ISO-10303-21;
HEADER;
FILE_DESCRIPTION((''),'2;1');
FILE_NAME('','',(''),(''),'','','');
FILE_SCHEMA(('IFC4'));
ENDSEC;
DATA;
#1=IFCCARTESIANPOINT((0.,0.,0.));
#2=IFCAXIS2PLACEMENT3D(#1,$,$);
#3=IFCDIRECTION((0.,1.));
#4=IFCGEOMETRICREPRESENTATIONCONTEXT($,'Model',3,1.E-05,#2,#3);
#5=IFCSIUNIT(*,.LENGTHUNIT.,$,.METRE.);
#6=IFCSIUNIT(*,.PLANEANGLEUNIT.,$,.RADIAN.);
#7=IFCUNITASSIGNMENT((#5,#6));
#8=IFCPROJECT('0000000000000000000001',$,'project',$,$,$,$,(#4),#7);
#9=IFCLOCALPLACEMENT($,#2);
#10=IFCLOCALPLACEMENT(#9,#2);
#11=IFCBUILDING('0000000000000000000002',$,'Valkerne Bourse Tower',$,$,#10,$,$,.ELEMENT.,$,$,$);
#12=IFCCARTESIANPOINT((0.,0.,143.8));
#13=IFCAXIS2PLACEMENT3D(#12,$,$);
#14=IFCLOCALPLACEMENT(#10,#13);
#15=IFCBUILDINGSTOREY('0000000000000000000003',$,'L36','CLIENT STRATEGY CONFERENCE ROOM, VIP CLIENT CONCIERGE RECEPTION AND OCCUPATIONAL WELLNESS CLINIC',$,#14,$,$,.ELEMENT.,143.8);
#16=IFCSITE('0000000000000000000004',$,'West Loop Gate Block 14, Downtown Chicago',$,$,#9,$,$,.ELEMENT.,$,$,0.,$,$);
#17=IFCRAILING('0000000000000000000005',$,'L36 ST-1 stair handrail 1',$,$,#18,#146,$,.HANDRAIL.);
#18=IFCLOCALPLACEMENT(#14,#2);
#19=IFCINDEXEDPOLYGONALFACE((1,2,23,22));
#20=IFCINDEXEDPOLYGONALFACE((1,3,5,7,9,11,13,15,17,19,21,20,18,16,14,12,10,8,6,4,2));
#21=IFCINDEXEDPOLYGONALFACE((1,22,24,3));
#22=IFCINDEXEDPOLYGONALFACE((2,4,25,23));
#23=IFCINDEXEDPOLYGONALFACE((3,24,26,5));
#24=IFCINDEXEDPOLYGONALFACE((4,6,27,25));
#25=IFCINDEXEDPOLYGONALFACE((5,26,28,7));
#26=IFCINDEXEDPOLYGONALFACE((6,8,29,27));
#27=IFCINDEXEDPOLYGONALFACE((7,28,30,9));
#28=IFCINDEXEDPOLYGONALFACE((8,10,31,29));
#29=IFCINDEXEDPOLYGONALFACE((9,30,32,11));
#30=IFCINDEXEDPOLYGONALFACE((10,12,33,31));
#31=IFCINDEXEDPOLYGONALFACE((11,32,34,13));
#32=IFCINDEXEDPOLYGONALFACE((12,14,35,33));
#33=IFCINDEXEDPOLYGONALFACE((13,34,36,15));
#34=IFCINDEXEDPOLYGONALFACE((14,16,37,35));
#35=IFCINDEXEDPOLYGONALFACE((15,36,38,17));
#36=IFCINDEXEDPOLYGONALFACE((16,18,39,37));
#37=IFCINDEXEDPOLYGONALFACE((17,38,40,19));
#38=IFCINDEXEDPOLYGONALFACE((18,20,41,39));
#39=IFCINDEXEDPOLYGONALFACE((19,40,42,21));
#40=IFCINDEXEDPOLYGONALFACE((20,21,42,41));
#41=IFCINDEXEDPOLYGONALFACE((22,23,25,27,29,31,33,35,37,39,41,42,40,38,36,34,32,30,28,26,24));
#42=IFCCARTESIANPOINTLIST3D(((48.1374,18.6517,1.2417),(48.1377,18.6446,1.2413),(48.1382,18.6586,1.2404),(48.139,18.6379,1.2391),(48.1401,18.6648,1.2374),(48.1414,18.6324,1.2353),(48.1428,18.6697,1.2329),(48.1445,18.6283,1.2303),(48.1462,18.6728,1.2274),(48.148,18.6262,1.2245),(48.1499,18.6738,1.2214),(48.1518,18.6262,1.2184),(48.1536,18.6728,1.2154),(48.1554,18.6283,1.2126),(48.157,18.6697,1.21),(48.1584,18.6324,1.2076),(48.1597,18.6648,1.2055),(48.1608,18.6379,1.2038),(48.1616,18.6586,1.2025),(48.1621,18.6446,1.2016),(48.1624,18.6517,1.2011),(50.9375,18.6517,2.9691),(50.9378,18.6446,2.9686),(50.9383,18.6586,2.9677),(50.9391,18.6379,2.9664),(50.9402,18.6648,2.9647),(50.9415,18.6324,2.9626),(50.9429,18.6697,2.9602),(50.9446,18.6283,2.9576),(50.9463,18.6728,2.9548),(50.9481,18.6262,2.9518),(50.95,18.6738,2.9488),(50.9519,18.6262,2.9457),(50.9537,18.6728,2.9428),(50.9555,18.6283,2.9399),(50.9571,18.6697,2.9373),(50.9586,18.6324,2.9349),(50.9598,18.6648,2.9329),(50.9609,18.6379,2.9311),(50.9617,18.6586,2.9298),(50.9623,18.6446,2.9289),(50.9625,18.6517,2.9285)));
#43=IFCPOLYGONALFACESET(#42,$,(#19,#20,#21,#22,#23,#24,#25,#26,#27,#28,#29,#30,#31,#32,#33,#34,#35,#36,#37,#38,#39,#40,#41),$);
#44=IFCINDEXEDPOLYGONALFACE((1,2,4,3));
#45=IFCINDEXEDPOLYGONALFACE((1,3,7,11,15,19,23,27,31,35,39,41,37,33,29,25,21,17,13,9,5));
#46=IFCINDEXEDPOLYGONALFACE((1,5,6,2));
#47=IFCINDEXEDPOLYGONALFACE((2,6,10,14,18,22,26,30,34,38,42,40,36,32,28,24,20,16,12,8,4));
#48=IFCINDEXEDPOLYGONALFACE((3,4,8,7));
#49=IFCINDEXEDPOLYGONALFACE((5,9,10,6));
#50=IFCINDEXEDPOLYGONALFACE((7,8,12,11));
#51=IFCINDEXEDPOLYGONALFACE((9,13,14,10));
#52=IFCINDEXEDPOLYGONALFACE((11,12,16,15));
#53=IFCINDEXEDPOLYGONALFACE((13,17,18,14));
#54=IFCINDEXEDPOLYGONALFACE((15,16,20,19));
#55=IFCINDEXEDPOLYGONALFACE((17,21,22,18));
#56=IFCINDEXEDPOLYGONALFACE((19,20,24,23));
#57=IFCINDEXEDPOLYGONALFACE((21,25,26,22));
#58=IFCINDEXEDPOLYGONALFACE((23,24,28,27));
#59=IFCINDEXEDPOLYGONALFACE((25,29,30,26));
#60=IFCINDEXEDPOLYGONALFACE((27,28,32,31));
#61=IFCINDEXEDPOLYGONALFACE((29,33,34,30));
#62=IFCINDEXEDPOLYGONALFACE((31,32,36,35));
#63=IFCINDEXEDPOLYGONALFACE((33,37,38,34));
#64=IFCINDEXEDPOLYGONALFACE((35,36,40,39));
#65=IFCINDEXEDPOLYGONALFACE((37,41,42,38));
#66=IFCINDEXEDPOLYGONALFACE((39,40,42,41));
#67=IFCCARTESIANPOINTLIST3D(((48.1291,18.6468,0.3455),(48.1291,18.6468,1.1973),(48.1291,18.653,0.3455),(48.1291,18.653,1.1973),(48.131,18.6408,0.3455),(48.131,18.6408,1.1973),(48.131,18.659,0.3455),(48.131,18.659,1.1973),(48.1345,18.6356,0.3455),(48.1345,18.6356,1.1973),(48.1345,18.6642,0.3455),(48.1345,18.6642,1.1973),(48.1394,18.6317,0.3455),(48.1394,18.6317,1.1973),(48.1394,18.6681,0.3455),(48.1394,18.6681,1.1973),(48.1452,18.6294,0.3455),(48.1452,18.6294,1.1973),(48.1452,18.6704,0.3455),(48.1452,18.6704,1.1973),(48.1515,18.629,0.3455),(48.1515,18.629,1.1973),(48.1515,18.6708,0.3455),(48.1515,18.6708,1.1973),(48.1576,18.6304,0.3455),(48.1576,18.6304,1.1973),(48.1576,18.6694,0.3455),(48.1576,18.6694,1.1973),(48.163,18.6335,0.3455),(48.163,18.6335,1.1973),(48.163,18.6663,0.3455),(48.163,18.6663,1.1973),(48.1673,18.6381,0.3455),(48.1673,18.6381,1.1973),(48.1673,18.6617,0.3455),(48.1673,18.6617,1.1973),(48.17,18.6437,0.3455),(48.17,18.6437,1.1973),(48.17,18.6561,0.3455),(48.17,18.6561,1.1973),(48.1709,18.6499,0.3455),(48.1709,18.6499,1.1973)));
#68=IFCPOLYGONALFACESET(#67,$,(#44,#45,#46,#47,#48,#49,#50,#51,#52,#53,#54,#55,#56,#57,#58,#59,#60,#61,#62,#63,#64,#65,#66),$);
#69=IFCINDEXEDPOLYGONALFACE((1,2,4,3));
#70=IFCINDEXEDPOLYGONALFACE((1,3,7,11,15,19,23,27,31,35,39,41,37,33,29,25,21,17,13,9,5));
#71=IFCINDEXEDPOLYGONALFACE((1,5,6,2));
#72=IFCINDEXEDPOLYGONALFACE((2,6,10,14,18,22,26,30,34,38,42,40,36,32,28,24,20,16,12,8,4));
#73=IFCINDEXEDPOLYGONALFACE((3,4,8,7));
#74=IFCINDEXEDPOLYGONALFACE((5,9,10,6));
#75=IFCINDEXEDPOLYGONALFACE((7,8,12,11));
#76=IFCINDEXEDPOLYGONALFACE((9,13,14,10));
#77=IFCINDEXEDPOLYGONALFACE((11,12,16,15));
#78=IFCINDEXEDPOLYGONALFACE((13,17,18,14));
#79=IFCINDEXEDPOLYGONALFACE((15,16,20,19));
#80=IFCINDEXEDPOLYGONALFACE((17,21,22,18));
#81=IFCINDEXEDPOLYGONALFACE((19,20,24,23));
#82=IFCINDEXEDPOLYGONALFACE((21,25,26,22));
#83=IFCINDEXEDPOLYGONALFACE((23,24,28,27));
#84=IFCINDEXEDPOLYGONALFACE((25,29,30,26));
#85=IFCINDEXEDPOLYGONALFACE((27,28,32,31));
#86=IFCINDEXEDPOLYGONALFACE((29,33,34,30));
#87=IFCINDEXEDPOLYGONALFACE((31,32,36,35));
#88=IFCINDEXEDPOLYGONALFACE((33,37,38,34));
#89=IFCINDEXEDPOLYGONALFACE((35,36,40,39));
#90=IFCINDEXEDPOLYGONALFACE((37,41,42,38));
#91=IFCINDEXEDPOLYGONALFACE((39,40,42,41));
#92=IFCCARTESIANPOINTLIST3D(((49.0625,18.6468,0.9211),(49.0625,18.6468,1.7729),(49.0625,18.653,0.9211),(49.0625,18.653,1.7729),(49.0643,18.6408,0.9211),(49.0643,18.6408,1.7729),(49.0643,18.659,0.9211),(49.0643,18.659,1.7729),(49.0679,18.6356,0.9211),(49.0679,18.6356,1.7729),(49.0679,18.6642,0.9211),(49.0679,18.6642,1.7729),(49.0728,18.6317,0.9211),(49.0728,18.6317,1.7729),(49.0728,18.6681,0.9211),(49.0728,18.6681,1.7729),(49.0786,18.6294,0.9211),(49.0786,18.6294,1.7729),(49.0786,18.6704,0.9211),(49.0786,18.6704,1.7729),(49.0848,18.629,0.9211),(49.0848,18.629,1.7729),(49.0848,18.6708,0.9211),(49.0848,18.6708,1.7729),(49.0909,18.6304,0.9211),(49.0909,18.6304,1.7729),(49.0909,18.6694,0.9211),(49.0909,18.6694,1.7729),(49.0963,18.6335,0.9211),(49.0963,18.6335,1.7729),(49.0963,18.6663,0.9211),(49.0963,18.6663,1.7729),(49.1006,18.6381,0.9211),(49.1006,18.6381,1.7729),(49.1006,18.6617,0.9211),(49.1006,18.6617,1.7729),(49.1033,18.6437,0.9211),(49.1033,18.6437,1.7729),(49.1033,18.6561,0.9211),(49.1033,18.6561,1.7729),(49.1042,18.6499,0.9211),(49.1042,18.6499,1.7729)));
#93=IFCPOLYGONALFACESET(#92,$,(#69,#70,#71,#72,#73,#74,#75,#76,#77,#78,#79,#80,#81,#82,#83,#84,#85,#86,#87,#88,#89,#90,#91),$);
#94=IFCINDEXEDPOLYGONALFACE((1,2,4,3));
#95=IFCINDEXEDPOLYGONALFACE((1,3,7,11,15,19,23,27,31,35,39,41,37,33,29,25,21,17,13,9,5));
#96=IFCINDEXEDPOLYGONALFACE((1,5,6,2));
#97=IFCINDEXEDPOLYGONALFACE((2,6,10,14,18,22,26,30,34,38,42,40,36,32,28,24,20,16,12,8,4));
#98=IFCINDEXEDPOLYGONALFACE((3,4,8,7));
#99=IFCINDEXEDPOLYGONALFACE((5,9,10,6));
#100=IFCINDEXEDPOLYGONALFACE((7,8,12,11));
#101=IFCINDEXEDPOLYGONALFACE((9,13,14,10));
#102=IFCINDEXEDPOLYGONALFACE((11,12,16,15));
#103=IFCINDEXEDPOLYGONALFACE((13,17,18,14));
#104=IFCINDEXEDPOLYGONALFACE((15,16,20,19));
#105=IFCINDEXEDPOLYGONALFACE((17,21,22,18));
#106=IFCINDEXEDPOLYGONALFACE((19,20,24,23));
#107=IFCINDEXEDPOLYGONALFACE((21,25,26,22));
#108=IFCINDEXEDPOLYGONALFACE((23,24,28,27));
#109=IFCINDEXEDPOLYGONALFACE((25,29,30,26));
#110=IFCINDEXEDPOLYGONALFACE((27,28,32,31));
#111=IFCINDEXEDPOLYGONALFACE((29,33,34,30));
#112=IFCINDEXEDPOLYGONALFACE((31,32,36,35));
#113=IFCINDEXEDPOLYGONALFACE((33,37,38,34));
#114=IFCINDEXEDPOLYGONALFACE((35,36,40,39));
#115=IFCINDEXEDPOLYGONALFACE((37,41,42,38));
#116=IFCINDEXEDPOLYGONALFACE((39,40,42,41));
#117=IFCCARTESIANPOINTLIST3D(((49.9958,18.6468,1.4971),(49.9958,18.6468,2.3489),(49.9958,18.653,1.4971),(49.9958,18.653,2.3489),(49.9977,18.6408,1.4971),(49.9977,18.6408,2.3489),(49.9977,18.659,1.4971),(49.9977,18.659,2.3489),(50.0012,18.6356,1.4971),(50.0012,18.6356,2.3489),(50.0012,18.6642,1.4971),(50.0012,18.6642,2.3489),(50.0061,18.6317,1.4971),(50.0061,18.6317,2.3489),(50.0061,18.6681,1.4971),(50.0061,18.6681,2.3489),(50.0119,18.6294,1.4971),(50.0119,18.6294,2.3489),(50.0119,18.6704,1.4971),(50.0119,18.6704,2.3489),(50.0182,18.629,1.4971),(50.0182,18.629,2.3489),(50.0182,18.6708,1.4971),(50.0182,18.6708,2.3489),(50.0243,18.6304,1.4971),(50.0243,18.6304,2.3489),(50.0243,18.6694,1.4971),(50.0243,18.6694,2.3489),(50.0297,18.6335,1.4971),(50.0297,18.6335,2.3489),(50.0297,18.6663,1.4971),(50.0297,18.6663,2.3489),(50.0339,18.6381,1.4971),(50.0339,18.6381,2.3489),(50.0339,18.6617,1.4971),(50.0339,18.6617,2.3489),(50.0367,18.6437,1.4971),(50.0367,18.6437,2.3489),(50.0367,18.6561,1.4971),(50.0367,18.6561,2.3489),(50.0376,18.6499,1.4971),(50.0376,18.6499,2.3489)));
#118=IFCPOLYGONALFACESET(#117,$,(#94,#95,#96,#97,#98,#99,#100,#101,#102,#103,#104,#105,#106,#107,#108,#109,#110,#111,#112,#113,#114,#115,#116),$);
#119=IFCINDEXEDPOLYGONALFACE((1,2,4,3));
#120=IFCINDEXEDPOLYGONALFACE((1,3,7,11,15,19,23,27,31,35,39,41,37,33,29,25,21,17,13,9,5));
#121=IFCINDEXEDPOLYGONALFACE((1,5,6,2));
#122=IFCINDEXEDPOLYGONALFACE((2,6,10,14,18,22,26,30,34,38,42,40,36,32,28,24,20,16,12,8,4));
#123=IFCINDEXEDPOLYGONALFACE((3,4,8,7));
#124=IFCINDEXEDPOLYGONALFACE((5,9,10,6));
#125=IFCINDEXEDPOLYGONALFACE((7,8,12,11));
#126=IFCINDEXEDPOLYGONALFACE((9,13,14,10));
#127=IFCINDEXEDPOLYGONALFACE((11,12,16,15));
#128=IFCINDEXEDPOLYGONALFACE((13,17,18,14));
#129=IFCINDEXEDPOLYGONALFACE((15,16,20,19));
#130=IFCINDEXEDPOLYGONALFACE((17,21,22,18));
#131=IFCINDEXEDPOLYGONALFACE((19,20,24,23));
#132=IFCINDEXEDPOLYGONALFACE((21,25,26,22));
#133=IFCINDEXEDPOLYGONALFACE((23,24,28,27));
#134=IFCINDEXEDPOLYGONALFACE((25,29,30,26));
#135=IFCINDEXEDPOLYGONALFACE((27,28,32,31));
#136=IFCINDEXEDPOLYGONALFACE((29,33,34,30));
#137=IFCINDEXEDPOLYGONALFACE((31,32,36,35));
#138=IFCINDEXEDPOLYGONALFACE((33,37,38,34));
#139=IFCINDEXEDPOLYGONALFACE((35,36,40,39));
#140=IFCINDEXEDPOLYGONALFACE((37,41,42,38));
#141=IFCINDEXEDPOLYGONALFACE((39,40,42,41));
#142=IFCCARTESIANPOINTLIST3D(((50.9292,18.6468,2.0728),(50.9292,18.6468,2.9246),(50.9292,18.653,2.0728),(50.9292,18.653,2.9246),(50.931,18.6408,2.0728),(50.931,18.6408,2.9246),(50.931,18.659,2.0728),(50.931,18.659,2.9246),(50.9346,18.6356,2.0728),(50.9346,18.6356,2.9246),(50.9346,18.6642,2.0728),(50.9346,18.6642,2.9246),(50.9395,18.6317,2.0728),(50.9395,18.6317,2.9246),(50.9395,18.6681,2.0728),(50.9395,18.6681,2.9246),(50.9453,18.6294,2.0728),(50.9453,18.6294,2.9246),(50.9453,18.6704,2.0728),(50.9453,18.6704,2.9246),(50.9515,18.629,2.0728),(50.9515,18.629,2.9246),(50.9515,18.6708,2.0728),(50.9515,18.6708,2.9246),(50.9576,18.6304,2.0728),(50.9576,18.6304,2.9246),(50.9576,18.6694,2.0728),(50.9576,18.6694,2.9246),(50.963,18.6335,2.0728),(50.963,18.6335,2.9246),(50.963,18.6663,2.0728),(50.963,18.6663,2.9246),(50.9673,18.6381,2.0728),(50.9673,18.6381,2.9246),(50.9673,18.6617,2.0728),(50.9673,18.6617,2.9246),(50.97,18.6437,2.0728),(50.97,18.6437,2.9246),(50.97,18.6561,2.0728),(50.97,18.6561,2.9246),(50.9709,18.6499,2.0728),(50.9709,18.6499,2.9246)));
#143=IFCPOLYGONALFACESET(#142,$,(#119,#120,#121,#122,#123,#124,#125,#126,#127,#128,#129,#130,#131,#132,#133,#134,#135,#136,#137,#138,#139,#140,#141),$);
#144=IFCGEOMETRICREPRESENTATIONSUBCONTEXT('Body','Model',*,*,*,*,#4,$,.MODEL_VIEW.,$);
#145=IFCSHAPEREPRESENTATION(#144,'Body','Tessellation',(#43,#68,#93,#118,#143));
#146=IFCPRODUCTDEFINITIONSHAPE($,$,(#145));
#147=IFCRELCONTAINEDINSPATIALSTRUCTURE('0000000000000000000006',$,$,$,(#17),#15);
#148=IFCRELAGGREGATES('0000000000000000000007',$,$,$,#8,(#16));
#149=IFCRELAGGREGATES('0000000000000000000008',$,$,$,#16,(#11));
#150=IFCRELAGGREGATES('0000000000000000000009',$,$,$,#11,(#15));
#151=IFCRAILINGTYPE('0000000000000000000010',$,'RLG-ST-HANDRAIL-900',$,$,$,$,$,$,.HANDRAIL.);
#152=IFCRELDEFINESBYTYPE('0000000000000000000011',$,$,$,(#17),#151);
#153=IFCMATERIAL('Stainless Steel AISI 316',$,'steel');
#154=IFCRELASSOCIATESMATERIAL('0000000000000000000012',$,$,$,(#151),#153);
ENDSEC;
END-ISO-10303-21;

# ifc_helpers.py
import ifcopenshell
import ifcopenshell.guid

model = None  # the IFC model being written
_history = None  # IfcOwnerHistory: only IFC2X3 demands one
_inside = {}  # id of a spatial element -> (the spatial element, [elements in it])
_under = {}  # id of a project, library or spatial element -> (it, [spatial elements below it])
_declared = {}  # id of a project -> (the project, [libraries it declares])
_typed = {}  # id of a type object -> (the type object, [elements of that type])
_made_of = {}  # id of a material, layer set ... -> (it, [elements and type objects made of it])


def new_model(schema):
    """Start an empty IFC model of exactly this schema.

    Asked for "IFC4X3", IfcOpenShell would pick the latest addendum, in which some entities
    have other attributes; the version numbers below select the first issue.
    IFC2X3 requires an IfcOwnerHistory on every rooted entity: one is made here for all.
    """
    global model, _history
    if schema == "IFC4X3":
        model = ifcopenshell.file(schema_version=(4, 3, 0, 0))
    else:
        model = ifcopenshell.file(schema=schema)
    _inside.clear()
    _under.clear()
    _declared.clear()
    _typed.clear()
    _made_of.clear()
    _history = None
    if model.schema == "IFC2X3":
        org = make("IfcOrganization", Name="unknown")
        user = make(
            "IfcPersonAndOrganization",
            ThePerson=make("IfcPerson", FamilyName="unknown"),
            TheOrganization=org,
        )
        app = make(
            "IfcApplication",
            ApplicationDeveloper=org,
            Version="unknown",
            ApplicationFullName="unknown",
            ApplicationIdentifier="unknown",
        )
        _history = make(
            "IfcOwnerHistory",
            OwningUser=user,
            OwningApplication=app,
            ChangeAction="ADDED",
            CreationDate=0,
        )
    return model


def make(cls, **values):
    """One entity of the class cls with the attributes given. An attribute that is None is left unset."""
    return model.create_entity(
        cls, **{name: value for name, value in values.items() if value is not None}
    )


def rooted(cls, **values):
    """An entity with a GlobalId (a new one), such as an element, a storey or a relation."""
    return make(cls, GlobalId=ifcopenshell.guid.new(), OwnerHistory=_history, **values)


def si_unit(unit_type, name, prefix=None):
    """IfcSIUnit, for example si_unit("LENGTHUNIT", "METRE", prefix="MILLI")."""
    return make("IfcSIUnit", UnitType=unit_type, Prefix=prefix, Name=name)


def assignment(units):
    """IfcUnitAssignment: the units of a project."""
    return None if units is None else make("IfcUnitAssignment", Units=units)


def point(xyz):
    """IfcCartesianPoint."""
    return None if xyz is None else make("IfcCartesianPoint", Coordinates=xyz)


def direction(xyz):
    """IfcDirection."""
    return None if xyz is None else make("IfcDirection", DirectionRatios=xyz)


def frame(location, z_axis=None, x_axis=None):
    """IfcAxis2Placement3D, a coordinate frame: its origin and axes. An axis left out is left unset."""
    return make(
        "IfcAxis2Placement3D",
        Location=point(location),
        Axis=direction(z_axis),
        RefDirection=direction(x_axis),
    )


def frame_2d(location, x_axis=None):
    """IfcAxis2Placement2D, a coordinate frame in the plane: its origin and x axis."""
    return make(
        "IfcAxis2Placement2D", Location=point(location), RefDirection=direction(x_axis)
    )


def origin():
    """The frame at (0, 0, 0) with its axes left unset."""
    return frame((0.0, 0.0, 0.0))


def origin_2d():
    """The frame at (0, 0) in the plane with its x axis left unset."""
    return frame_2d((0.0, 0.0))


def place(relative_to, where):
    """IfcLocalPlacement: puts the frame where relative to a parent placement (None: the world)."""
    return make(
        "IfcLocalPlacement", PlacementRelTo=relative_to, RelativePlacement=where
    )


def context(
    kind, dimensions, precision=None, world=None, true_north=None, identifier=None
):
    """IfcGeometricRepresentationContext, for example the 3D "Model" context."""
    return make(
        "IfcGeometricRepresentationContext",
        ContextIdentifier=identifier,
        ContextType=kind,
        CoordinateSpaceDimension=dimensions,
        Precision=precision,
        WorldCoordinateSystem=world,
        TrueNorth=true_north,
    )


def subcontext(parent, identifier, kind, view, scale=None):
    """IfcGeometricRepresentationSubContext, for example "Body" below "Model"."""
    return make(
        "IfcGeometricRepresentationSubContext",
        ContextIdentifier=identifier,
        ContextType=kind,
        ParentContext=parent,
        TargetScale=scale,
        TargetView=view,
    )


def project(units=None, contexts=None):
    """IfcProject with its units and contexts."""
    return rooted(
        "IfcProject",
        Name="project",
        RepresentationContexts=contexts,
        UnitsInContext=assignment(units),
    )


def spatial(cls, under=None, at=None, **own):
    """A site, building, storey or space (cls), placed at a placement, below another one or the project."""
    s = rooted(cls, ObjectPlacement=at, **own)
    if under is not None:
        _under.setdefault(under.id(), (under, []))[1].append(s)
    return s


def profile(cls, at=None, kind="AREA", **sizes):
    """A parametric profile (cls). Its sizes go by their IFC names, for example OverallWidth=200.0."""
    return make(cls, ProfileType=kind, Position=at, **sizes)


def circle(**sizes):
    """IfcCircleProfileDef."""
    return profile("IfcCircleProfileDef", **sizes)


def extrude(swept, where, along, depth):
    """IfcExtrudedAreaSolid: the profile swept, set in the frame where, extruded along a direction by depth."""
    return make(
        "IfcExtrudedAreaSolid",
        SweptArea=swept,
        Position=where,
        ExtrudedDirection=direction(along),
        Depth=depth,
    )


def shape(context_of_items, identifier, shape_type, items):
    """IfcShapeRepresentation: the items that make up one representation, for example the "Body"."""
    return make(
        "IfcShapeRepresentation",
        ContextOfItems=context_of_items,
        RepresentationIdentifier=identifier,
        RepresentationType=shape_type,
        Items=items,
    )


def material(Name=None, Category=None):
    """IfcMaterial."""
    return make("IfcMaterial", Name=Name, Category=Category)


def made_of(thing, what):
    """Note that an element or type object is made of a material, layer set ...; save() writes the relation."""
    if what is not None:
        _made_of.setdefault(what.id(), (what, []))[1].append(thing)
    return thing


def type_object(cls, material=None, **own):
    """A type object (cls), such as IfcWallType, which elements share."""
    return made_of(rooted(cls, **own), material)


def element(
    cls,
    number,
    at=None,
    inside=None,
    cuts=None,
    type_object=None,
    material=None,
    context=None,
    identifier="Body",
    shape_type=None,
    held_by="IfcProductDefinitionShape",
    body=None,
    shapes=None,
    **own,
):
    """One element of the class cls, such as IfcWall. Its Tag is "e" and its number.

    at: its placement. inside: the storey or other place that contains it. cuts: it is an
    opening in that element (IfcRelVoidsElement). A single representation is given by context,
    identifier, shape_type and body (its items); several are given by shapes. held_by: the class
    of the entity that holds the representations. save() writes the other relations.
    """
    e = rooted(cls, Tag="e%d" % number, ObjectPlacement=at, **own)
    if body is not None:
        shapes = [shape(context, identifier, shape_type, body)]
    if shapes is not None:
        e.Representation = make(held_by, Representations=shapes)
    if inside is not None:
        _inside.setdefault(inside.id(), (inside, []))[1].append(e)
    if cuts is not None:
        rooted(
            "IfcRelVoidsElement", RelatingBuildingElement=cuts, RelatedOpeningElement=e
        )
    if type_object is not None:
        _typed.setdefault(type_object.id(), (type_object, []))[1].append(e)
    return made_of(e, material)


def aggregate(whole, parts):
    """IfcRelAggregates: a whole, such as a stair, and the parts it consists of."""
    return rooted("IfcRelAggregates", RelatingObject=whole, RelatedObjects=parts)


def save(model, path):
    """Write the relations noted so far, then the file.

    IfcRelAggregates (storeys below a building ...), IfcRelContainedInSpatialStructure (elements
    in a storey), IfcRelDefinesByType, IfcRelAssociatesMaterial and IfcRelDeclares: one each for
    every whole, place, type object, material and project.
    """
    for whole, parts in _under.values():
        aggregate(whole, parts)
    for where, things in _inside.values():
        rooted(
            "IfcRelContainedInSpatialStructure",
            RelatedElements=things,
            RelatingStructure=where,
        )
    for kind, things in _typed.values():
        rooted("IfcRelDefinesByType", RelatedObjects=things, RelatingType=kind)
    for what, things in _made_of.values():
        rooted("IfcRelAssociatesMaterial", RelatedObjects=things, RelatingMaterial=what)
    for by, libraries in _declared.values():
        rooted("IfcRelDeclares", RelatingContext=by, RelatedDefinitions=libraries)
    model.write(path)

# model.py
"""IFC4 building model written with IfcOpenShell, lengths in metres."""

from ifc_helpers import new_model, si_unit, direction, frame, origin, origin_2d, place, context, subcontext, project, spatial, circle, extrude, material, type_object, element, save


model = new_model("IFC4")

# Units and contexts
model_context = context("Model", 3, precision=1e-05, world=origin(), true_north=direction((0.0, 1.0)))
body_context = subcontext(model_context, "Body", "Model", "MODEL_VIEW")
ifc_project = project(units=[si_unit("LENGTHUNIT", "METRE"), si_unit("PLANEANGLEUNIT", "RADIAN")], contexts=[model_context])

# Site, building, storey
site_placement = place(None, origin())
site = spatial("IfcSite", under=ifc_project, at=site_placement, Name="West Loop Gate Block 14, Downtown Chicago", CompositionType="ELEMENT", RefElevation=0.0)
building_placement = place(site_placement, origin())
building = spatial("IfcBuilding", under=site, at=building_placement, Name="Valkerne Bourse Tower", CompositionType="ELEMENT")
storey_placement = place(building_placement, frame((0.0, 0.0, 143.8)))
storey = spatial("IfcBuildingStorey", under=building, at=storey_placement, Name="L36", Description="CLIENT STRATEGY CONFERENCE ROOM, VIP CLIENT CONCIERGE RECEPTION AND OCCUPATIONAL WELLNESS CLINIC", CompositionType="ELEMENT", Elevation=143.8)

# Shared definitions
ifc_material_1 = material(Name="Stainless Steel AISI 316", Category="steel")

# Railing
railing_type_1 = type_object("IfcRailingType", Name="RLG-ST-HANDRAIL-900", PredefinedType="HANDRAIL", material=ifc_material_1)
railing_1_placement = place(storey_placement, frame((48.1499, 18.6499, 0.3455)))
element("IfcRailing", 1, at=railing_1_placement, inside=storey, type_object=railing_type_1, Name="L36 ST-1 stair handrail 1", PredefinedType="HANDRAIL", context=body_context, shape_type="SweptSolid", body=[
    extrude(circle(Radius=0.0239, at=origin_2d()), frame((0.0, 0.0, 0.876), z_axis=(0.85109, 0.0, 0.52502), x_axis=(0.0, 1.0, 0.0)), (0.0, 0.0, 1.0), 3.29),
    extrude(circle(Radius=0.021, at=origin_2d()), origin(), (0.0, 0.0, 1.0), 0.8518),
    extrude(circle(Radius=0.021, at=origin_2d()), frame((0.9333, 0.0, 0.5757)), (0.0, 0.0, 1.0), 0.8518),
    extrude(circle(Radius=0.021, at=origin_2d()), frame((1.8667, 0.0, 1.1516)), (0.0, 0.0, 1.0), 0.8518),
    extrude(circle(Radius=0.021, at=origin_2d()), frame((2.8, 0.0, 1.7273)), (0.0, 0.0, 1.0), 0.8518),
])

save(model, "model.ifc")
